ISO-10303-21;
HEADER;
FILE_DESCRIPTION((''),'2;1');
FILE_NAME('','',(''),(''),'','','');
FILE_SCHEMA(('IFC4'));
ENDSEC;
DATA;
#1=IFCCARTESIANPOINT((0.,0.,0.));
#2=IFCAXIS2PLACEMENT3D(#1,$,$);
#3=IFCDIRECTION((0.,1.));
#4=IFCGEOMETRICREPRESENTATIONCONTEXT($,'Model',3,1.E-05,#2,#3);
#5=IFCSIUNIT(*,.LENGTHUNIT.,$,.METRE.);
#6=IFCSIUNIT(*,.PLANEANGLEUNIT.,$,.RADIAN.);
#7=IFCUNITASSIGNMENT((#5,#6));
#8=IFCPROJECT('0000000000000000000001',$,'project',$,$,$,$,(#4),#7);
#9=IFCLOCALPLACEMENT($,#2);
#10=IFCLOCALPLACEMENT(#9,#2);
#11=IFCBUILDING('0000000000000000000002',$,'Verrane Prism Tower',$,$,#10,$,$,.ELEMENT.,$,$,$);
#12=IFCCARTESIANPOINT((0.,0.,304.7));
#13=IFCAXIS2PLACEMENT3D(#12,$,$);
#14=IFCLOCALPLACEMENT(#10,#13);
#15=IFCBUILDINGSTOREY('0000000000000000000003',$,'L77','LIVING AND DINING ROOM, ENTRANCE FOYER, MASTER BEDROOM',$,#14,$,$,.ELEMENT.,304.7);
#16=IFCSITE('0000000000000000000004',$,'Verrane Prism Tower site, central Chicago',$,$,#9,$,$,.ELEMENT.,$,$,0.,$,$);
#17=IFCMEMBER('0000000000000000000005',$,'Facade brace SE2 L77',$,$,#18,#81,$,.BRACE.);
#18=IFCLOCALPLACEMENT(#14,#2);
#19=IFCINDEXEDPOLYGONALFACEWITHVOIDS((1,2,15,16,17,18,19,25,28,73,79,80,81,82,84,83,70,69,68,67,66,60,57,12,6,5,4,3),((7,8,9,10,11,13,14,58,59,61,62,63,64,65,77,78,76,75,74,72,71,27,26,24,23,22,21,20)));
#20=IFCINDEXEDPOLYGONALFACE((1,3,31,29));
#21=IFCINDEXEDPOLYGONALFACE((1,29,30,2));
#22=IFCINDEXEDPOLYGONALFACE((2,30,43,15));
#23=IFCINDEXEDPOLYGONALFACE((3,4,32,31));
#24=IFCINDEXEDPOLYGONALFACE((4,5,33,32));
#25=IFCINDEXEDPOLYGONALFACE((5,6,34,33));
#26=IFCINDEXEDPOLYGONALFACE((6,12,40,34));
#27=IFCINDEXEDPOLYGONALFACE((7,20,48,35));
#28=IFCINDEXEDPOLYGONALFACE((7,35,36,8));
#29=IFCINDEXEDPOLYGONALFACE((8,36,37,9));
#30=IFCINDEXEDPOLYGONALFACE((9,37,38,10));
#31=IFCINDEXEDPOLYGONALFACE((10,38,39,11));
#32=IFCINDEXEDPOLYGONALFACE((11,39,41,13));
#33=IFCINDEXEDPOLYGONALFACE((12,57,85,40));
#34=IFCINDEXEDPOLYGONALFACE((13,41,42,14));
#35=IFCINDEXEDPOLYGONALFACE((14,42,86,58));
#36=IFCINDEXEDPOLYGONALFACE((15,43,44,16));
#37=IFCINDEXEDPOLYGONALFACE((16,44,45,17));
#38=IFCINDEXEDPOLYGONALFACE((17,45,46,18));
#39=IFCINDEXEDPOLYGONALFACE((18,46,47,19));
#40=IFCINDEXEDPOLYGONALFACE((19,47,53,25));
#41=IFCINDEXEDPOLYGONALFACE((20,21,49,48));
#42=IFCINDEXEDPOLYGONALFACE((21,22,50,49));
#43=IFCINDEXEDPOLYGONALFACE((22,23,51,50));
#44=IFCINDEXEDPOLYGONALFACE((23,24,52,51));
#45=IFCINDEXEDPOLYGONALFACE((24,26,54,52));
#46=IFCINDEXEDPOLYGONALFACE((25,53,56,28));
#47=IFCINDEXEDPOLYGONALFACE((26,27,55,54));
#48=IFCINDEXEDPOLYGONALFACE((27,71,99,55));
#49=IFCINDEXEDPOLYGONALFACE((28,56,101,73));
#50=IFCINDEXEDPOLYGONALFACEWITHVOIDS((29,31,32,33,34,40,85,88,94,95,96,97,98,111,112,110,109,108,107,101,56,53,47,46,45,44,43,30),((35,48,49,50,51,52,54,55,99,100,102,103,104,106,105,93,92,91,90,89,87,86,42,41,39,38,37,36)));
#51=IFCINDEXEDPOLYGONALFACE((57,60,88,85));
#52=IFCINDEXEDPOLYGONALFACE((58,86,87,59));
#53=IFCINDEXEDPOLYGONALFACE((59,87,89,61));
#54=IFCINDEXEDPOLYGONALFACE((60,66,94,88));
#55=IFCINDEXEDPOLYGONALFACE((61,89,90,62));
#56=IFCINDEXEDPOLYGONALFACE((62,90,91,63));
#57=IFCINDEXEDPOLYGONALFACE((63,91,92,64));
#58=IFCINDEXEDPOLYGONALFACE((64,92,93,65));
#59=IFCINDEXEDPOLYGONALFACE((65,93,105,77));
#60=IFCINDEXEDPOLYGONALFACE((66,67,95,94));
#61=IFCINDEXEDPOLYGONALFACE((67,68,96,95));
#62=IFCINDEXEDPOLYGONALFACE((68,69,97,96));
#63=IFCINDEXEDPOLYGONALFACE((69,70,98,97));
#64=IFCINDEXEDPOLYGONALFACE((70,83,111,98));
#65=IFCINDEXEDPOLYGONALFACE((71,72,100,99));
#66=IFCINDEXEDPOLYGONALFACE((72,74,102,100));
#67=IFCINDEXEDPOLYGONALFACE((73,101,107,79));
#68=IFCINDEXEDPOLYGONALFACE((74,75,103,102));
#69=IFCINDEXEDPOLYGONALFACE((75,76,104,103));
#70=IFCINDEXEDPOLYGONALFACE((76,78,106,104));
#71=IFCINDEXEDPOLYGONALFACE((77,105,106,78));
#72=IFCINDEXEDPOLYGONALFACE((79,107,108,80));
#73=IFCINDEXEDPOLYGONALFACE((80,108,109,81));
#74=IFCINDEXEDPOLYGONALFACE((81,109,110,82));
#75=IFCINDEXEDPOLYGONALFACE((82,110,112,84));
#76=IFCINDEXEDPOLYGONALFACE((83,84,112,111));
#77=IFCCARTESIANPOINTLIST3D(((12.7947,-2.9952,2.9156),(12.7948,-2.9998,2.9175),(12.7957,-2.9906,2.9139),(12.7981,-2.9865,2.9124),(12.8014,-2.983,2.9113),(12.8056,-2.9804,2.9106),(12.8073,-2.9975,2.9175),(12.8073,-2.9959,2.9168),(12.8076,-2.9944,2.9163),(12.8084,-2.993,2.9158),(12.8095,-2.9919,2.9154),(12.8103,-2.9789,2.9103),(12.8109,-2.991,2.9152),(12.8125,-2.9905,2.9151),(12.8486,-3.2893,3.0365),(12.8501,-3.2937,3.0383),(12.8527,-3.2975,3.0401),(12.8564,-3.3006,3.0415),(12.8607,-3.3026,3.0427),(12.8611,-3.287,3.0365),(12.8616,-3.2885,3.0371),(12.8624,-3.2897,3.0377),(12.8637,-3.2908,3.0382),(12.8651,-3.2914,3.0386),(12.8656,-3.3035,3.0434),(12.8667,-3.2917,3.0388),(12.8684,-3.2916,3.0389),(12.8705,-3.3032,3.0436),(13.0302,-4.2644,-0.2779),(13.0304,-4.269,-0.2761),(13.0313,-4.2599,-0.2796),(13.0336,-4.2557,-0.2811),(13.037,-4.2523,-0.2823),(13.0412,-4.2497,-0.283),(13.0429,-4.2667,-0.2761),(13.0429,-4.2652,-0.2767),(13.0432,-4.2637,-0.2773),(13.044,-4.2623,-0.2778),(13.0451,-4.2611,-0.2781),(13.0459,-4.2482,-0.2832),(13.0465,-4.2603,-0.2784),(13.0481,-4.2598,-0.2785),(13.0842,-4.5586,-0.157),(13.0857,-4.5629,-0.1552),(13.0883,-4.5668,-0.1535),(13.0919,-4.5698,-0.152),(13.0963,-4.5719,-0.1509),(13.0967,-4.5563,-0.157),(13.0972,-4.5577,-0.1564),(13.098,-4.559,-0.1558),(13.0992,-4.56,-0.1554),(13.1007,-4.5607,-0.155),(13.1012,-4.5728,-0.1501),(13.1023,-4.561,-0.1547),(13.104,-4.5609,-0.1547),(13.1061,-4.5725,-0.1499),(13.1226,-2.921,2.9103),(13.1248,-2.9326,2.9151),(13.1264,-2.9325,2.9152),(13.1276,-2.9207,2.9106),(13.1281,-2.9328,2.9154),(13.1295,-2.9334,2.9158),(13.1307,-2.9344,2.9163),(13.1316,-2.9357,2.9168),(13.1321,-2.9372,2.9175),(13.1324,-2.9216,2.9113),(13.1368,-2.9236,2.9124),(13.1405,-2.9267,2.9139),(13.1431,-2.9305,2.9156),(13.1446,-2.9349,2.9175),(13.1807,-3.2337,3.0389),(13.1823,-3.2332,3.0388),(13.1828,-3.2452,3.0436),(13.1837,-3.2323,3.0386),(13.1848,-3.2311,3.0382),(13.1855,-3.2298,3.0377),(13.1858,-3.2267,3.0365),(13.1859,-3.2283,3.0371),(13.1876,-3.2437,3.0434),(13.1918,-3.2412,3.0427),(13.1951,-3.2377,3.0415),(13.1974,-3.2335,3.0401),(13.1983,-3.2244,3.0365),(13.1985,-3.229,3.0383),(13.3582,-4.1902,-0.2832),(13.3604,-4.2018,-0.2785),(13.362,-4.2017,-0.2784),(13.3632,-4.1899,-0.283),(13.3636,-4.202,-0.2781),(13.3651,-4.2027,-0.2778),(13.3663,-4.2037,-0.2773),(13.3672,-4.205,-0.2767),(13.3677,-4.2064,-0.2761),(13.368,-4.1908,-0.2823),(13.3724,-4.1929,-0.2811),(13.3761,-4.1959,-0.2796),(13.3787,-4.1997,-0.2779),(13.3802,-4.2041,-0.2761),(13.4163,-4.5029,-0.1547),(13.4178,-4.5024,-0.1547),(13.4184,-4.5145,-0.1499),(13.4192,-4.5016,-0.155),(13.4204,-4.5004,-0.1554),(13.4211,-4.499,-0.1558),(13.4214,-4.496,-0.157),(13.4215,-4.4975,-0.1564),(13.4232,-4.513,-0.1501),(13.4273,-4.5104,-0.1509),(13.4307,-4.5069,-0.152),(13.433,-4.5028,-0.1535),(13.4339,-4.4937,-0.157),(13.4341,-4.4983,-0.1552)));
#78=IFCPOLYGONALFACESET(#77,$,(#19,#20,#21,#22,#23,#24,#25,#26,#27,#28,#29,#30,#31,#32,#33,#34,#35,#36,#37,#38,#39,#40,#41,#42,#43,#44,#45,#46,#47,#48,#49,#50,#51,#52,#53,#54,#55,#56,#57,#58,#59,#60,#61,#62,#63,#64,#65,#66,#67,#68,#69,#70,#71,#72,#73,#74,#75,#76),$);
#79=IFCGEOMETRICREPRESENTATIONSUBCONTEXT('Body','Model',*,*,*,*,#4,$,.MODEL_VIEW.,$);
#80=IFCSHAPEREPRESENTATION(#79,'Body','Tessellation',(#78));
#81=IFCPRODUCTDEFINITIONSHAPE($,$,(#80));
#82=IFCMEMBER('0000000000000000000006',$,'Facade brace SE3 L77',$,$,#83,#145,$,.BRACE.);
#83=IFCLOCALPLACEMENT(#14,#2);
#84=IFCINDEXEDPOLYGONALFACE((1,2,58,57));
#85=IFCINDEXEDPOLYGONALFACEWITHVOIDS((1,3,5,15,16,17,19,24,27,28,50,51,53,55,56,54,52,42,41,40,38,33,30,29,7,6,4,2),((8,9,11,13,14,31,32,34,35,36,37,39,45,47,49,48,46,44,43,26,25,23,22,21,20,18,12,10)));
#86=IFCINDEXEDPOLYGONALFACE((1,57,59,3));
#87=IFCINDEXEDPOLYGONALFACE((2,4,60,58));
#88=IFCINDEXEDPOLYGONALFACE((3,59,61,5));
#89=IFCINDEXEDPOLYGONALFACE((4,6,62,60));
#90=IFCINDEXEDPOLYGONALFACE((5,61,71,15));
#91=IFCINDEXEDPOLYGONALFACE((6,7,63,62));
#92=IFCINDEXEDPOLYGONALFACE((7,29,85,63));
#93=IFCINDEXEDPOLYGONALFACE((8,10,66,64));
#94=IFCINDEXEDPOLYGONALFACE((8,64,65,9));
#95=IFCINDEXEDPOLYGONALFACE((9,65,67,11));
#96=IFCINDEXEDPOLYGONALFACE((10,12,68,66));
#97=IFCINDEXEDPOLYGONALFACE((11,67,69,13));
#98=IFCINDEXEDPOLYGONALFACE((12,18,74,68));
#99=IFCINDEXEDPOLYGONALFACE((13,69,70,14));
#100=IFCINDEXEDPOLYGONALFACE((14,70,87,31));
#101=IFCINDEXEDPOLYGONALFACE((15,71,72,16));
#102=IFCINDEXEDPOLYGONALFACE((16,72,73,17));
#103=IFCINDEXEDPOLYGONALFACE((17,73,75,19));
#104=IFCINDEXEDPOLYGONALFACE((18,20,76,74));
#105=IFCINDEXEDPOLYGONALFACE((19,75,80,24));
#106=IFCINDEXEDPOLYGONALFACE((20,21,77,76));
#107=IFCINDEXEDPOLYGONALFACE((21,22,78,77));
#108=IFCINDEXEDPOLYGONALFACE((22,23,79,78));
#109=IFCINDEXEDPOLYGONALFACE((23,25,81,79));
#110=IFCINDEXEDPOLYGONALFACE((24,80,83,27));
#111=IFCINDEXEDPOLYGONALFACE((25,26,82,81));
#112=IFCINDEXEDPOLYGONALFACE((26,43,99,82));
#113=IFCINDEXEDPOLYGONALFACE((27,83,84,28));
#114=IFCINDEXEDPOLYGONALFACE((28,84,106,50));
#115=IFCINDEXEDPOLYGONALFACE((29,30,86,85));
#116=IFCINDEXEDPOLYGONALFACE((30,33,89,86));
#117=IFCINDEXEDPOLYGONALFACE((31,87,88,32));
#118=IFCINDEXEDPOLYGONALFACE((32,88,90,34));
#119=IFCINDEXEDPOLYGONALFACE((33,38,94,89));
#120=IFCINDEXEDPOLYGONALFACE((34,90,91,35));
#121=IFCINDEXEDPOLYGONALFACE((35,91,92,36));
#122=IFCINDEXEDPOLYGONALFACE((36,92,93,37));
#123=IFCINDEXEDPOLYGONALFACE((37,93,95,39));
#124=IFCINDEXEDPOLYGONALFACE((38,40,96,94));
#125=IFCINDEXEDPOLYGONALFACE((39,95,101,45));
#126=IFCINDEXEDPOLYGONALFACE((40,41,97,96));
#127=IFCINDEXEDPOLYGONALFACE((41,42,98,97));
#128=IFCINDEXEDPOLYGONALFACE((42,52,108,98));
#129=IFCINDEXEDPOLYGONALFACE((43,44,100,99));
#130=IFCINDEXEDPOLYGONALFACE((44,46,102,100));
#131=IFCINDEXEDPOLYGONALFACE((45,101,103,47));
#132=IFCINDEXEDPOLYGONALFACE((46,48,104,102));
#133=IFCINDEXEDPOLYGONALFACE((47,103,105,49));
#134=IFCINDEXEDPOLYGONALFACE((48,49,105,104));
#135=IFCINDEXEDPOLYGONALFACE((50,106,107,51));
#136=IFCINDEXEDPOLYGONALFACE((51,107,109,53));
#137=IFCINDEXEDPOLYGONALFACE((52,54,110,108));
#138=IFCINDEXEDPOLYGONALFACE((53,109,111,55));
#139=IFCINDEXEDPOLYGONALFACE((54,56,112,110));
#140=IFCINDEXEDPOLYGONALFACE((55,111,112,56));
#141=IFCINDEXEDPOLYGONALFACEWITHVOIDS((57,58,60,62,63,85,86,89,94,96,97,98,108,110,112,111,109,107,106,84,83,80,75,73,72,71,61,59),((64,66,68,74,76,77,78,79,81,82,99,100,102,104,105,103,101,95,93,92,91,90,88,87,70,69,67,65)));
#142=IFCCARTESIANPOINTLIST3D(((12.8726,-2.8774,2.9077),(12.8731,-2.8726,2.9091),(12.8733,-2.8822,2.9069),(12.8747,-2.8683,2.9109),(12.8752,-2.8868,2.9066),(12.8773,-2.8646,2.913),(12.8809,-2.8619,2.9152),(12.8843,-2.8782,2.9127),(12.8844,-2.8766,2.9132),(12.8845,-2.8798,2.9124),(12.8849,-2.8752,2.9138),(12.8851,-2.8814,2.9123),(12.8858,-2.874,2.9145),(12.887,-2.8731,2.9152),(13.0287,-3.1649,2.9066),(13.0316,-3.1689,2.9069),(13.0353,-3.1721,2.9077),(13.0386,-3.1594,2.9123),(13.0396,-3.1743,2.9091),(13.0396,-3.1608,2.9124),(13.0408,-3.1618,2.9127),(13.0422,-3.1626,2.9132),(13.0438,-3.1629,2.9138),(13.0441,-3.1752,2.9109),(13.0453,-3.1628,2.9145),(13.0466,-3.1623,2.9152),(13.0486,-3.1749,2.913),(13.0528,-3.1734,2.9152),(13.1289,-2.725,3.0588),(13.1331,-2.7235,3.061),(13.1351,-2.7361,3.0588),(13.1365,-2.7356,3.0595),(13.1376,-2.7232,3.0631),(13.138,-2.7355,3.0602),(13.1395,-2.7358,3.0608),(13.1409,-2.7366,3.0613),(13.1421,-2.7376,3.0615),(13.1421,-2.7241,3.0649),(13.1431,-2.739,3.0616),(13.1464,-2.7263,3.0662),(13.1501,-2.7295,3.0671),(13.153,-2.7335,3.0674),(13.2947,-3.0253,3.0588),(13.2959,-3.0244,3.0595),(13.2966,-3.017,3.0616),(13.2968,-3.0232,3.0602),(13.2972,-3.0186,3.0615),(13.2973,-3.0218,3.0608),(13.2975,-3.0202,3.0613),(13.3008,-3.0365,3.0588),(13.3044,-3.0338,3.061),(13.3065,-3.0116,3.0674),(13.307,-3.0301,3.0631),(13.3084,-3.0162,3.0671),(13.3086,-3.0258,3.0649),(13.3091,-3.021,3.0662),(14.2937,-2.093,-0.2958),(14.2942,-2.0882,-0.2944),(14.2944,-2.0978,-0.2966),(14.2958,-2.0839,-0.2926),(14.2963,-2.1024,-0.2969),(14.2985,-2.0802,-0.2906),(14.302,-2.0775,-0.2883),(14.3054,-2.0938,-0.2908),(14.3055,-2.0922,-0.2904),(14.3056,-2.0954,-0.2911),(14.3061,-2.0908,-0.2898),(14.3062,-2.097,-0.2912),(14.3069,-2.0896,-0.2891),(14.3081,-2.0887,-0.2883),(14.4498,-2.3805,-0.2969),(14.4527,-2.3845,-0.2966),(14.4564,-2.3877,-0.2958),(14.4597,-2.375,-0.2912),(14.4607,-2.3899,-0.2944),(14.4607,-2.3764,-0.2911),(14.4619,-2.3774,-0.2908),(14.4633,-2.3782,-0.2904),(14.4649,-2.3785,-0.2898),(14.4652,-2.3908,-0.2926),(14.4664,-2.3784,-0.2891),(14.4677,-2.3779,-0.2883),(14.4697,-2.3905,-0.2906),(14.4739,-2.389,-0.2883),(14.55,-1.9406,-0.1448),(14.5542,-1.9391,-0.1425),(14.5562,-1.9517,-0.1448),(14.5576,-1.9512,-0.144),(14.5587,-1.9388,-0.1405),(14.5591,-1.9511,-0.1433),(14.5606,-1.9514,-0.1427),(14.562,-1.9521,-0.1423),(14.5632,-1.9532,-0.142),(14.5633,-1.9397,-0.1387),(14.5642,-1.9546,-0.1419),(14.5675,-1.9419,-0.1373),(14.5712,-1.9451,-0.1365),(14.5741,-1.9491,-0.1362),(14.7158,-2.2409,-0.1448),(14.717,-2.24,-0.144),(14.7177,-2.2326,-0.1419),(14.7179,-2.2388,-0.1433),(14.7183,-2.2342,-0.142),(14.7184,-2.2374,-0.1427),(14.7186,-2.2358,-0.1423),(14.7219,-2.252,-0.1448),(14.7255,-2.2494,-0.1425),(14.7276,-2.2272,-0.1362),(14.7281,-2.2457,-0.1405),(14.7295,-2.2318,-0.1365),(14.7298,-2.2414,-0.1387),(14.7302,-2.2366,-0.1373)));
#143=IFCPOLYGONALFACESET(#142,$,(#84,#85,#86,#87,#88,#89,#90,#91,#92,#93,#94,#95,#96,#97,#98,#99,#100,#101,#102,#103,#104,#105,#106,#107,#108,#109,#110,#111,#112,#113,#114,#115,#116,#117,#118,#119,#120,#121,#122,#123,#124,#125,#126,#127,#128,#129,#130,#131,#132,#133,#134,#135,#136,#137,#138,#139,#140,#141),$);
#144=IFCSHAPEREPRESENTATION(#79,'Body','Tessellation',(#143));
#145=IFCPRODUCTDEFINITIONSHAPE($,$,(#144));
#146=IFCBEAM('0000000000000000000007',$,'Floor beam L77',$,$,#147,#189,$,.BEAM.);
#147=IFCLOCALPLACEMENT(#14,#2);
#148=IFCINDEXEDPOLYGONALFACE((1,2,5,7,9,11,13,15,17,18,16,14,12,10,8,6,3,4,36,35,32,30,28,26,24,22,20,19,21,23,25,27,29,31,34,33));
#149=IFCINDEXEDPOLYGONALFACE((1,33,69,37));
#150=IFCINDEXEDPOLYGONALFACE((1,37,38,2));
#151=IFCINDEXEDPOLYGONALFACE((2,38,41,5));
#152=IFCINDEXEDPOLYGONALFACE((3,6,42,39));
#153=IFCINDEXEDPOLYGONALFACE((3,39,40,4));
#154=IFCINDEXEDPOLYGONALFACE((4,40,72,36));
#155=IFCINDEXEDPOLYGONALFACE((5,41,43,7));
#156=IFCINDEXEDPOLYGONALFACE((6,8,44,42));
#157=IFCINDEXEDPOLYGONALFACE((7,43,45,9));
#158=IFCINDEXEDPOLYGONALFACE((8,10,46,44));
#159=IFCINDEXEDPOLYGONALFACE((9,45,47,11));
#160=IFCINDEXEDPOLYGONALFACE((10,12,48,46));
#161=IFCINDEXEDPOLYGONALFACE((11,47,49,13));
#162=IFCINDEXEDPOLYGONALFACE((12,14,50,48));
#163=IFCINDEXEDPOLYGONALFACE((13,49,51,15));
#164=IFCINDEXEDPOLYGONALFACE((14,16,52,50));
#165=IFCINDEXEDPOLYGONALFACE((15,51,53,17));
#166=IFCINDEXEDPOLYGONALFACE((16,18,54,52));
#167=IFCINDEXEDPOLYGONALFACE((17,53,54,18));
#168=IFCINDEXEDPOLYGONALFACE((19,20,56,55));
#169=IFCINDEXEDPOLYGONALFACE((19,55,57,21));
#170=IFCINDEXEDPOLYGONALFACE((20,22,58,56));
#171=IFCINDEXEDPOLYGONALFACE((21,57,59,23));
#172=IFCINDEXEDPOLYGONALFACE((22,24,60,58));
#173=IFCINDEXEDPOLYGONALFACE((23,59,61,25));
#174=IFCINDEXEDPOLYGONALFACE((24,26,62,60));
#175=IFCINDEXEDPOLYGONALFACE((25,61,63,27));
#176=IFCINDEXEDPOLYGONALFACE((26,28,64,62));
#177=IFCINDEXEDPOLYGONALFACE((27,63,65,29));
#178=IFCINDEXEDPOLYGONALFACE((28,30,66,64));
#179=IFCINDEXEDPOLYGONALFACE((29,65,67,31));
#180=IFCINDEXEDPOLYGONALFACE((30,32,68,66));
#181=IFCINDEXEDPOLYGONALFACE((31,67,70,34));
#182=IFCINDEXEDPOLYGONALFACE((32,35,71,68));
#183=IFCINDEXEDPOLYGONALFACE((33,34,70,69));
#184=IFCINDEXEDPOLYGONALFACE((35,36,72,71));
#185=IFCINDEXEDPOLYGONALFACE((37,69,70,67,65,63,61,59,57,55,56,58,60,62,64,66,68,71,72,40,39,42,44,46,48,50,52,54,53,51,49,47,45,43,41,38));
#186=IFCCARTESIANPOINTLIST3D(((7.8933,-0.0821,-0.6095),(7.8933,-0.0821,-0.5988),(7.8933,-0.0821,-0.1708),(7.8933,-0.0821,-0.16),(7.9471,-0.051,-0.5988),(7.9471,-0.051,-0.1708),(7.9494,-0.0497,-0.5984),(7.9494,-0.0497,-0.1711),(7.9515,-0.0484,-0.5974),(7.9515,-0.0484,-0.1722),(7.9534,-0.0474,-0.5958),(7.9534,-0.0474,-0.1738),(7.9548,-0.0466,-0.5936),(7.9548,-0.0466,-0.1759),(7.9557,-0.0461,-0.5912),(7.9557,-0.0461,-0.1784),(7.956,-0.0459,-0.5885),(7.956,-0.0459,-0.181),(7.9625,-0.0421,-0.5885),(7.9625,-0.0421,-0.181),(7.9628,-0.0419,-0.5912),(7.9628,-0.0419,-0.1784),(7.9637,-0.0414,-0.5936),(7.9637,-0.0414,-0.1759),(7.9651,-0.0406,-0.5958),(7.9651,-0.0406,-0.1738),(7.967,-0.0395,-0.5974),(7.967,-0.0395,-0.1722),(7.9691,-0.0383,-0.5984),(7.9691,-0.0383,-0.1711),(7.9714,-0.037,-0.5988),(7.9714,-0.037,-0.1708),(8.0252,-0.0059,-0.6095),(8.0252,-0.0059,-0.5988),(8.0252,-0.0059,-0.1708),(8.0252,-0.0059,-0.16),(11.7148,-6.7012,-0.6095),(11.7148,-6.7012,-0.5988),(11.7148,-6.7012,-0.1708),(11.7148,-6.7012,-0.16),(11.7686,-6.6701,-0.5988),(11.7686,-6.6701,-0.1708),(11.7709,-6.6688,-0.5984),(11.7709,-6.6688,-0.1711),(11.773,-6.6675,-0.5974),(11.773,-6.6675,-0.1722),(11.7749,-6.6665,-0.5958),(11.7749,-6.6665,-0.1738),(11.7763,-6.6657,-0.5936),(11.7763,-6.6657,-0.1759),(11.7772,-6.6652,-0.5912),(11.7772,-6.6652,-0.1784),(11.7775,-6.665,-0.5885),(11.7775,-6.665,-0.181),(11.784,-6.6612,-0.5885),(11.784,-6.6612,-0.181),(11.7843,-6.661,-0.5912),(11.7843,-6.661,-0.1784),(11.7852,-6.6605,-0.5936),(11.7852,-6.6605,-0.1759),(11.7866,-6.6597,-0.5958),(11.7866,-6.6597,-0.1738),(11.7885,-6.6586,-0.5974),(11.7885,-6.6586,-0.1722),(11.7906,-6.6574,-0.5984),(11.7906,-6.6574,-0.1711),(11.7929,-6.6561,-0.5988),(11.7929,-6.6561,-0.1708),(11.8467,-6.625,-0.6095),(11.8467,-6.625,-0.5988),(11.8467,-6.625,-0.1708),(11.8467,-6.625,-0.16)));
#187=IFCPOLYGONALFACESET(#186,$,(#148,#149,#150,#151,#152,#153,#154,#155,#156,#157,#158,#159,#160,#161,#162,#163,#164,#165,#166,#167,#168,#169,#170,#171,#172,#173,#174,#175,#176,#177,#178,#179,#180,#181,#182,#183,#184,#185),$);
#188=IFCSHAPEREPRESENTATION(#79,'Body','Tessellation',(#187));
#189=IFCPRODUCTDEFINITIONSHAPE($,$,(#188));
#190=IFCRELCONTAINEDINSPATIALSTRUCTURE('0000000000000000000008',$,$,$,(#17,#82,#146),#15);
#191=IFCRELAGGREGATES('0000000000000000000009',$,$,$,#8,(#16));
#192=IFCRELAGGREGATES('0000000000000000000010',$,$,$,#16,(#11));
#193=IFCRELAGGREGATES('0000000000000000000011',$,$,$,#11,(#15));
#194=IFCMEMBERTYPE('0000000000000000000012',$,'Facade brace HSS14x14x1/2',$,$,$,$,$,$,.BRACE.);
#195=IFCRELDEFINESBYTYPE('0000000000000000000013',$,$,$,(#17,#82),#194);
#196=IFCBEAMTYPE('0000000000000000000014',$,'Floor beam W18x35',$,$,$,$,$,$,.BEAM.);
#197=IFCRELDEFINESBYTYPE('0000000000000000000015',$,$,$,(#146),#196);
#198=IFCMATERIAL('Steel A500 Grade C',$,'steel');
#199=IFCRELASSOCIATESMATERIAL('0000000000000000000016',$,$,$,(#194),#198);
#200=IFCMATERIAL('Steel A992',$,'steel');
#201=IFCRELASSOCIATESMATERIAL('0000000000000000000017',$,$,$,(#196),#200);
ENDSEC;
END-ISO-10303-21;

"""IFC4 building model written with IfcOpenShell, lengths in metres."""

from ifc_helpers import new_model, si_unit, direction, frame, origin, origin_2d, place, context, subcontext, project, spatial, hollow_rectangle, i_section, extrude, material, material_profile, profile_set, type_object, element, save


model = new_model("IFC4")

# Units and contexts
model_context = context("Model", 3, precision=1e-05, world=origin(), true_north=direction((0.0, 1.0)))
body_context = subcontext(model_context, "Body", "Model", "MODEL_VIEW")
ifc_project = project(units=[si_unit("LENGTHUNIT", "METRE"), si_unit("PLANEANGLEUNIT", "RADIAN")], contexts=[model_context])

# Site, building, storey
site_placement = place(None, origin())
site = spatial("IfcSite", under=ifc_project, at=site_placement, Name="Verrane Prism Tower site, central Chicago", CompositionType="ELEMENT", RefElevation=0.0)
building_placement = place(site_placement, origin())
building = spatial("IfcBuilding", under=site, at=building_placement, Name="Verrane Prism Tower", CompositionType="ELEMENT")
storey_placement = place(building_placement, frame((0.0, 0.0, 304.7)))
storey = spatial("IfcBuildingStorey", under=building, at=storey_placement, Name="L77", Description="LIVING AND DINING ROOM, ENTRANCE FOYER, MASTER BEDROOM", CompositionType="ELEMENT", Elevation=304.7)

# Members
ifc_material_1 = material(Name="Steel A500 Grade C", Category="steel")
ifc_material_profile_1 = material_profile(ifc_material_1, hollow_rectangle(XDim=0.3557, YDim=0.3557, WallThickness=0.0127, InnerFilletRadius=0.0063, OuterFilletRadius=0.019, at=origin_2d()), Name="HSS14x14x1/2")
ifc_profile_set_1 = profile_set([ifc_material_profile_1], Name="Steel A500 Grade C")
member_type_1 = type_object("IfcMemberType", Name="Facade brace HSS14x14x1/2", PredefinedType="BRACE", material=ifc_profile_set_1)
member_1_placement = place(storey_placement, frame((13.2322, -4.3813, -0.2166), z_axis=(-0.068394, 0.368479, 0.927117), x_axis=(-0.983207, -0.182496, 0.0)))
element("IfcMember", 1, at=member_1_placement, inside=storey, type_object=member_type_1, Name="Facade brace SE2 L77", PredefinedType="BRACE", context=body_context, shape_type="SweptSolid", body=[
    extrude(hollow_rectangle(XDim=0.3557, YDim=0.3557, WallThickness=0.0127, InnerFilletRadius=0.0063, OuterFilletRadius=0.019, at=origin_2d()), origin(), (0.0, 0.0, 1.0), 3.4446),
])
member_2_placement = place(storey_placement, frame((14.512, -2.1648, -0.2166), z_axis=(-0.395708, -0.218418, 0.892025), x_axis=(0.48324, -0.875488, 0.0)))
element("IfcMember", 2, at=member_2_placement, inside=storey, type_object=member_type_1, Name="Facade brace SE3 L77", PredefinedType="BRACE", context=body_context, shape_type="SweptSolid", body=[
    extrude(hollow_rectangle(XDim=0.3557, YDim=0.3557, WallThickness=0.0127, InnerFilletRadius=0.0063, OuterFilletRadius=0.019, at=origin_2d()), origin(), (0.0, 0.0, 1.0), 3.5913),
])

# Beam
ifc_material_2 = material(Name="Steel A992", Category="steel")
ifc_material_profile_2 = material_profile(ifc_material_2, i_section(OverallWidth=0.1523, OverallDepth=0.4495, WebThickness=0.0076, FlangeThickness=0.0107, FilletRadius=0.0103, at=origin_2d()), Name="W18x35")
ifc_profile_set_2 = profile_set([ifc_material_profile_2], Name="Steel A992")
beam_type_1 = type_object("IfcBeamType", Name="Floor beam W18x35", PredefinedType="BEAM", material=ifc_profile_set_2)
beam_1_placement = place(storey_placement, frame((11.7808, -6.6631, -0.3848), z_axis=(-0.499997, 0.866027, 0.0), x_axis=(-0.866027, -0.499997, 0.0)))
element("IfcBeam", 3, at=beam_1_placement, inside=storey, type_object=beam_type_1, Name="Floor beam L77", PredefinedType="BEAM", context=body_context, shape_type="SweptSolid", body=[
    extrude(i_section(OverallWidth=0.1523, OverallDepth=0.4495, WebThickness=0.0076, FlangeThickness=0.0107, FilletRadius=0.0103, at=origin_2d()), origin(), (0.0, 0.0, 1.0), 7.6431),
])

save(model, "model.ifc")
